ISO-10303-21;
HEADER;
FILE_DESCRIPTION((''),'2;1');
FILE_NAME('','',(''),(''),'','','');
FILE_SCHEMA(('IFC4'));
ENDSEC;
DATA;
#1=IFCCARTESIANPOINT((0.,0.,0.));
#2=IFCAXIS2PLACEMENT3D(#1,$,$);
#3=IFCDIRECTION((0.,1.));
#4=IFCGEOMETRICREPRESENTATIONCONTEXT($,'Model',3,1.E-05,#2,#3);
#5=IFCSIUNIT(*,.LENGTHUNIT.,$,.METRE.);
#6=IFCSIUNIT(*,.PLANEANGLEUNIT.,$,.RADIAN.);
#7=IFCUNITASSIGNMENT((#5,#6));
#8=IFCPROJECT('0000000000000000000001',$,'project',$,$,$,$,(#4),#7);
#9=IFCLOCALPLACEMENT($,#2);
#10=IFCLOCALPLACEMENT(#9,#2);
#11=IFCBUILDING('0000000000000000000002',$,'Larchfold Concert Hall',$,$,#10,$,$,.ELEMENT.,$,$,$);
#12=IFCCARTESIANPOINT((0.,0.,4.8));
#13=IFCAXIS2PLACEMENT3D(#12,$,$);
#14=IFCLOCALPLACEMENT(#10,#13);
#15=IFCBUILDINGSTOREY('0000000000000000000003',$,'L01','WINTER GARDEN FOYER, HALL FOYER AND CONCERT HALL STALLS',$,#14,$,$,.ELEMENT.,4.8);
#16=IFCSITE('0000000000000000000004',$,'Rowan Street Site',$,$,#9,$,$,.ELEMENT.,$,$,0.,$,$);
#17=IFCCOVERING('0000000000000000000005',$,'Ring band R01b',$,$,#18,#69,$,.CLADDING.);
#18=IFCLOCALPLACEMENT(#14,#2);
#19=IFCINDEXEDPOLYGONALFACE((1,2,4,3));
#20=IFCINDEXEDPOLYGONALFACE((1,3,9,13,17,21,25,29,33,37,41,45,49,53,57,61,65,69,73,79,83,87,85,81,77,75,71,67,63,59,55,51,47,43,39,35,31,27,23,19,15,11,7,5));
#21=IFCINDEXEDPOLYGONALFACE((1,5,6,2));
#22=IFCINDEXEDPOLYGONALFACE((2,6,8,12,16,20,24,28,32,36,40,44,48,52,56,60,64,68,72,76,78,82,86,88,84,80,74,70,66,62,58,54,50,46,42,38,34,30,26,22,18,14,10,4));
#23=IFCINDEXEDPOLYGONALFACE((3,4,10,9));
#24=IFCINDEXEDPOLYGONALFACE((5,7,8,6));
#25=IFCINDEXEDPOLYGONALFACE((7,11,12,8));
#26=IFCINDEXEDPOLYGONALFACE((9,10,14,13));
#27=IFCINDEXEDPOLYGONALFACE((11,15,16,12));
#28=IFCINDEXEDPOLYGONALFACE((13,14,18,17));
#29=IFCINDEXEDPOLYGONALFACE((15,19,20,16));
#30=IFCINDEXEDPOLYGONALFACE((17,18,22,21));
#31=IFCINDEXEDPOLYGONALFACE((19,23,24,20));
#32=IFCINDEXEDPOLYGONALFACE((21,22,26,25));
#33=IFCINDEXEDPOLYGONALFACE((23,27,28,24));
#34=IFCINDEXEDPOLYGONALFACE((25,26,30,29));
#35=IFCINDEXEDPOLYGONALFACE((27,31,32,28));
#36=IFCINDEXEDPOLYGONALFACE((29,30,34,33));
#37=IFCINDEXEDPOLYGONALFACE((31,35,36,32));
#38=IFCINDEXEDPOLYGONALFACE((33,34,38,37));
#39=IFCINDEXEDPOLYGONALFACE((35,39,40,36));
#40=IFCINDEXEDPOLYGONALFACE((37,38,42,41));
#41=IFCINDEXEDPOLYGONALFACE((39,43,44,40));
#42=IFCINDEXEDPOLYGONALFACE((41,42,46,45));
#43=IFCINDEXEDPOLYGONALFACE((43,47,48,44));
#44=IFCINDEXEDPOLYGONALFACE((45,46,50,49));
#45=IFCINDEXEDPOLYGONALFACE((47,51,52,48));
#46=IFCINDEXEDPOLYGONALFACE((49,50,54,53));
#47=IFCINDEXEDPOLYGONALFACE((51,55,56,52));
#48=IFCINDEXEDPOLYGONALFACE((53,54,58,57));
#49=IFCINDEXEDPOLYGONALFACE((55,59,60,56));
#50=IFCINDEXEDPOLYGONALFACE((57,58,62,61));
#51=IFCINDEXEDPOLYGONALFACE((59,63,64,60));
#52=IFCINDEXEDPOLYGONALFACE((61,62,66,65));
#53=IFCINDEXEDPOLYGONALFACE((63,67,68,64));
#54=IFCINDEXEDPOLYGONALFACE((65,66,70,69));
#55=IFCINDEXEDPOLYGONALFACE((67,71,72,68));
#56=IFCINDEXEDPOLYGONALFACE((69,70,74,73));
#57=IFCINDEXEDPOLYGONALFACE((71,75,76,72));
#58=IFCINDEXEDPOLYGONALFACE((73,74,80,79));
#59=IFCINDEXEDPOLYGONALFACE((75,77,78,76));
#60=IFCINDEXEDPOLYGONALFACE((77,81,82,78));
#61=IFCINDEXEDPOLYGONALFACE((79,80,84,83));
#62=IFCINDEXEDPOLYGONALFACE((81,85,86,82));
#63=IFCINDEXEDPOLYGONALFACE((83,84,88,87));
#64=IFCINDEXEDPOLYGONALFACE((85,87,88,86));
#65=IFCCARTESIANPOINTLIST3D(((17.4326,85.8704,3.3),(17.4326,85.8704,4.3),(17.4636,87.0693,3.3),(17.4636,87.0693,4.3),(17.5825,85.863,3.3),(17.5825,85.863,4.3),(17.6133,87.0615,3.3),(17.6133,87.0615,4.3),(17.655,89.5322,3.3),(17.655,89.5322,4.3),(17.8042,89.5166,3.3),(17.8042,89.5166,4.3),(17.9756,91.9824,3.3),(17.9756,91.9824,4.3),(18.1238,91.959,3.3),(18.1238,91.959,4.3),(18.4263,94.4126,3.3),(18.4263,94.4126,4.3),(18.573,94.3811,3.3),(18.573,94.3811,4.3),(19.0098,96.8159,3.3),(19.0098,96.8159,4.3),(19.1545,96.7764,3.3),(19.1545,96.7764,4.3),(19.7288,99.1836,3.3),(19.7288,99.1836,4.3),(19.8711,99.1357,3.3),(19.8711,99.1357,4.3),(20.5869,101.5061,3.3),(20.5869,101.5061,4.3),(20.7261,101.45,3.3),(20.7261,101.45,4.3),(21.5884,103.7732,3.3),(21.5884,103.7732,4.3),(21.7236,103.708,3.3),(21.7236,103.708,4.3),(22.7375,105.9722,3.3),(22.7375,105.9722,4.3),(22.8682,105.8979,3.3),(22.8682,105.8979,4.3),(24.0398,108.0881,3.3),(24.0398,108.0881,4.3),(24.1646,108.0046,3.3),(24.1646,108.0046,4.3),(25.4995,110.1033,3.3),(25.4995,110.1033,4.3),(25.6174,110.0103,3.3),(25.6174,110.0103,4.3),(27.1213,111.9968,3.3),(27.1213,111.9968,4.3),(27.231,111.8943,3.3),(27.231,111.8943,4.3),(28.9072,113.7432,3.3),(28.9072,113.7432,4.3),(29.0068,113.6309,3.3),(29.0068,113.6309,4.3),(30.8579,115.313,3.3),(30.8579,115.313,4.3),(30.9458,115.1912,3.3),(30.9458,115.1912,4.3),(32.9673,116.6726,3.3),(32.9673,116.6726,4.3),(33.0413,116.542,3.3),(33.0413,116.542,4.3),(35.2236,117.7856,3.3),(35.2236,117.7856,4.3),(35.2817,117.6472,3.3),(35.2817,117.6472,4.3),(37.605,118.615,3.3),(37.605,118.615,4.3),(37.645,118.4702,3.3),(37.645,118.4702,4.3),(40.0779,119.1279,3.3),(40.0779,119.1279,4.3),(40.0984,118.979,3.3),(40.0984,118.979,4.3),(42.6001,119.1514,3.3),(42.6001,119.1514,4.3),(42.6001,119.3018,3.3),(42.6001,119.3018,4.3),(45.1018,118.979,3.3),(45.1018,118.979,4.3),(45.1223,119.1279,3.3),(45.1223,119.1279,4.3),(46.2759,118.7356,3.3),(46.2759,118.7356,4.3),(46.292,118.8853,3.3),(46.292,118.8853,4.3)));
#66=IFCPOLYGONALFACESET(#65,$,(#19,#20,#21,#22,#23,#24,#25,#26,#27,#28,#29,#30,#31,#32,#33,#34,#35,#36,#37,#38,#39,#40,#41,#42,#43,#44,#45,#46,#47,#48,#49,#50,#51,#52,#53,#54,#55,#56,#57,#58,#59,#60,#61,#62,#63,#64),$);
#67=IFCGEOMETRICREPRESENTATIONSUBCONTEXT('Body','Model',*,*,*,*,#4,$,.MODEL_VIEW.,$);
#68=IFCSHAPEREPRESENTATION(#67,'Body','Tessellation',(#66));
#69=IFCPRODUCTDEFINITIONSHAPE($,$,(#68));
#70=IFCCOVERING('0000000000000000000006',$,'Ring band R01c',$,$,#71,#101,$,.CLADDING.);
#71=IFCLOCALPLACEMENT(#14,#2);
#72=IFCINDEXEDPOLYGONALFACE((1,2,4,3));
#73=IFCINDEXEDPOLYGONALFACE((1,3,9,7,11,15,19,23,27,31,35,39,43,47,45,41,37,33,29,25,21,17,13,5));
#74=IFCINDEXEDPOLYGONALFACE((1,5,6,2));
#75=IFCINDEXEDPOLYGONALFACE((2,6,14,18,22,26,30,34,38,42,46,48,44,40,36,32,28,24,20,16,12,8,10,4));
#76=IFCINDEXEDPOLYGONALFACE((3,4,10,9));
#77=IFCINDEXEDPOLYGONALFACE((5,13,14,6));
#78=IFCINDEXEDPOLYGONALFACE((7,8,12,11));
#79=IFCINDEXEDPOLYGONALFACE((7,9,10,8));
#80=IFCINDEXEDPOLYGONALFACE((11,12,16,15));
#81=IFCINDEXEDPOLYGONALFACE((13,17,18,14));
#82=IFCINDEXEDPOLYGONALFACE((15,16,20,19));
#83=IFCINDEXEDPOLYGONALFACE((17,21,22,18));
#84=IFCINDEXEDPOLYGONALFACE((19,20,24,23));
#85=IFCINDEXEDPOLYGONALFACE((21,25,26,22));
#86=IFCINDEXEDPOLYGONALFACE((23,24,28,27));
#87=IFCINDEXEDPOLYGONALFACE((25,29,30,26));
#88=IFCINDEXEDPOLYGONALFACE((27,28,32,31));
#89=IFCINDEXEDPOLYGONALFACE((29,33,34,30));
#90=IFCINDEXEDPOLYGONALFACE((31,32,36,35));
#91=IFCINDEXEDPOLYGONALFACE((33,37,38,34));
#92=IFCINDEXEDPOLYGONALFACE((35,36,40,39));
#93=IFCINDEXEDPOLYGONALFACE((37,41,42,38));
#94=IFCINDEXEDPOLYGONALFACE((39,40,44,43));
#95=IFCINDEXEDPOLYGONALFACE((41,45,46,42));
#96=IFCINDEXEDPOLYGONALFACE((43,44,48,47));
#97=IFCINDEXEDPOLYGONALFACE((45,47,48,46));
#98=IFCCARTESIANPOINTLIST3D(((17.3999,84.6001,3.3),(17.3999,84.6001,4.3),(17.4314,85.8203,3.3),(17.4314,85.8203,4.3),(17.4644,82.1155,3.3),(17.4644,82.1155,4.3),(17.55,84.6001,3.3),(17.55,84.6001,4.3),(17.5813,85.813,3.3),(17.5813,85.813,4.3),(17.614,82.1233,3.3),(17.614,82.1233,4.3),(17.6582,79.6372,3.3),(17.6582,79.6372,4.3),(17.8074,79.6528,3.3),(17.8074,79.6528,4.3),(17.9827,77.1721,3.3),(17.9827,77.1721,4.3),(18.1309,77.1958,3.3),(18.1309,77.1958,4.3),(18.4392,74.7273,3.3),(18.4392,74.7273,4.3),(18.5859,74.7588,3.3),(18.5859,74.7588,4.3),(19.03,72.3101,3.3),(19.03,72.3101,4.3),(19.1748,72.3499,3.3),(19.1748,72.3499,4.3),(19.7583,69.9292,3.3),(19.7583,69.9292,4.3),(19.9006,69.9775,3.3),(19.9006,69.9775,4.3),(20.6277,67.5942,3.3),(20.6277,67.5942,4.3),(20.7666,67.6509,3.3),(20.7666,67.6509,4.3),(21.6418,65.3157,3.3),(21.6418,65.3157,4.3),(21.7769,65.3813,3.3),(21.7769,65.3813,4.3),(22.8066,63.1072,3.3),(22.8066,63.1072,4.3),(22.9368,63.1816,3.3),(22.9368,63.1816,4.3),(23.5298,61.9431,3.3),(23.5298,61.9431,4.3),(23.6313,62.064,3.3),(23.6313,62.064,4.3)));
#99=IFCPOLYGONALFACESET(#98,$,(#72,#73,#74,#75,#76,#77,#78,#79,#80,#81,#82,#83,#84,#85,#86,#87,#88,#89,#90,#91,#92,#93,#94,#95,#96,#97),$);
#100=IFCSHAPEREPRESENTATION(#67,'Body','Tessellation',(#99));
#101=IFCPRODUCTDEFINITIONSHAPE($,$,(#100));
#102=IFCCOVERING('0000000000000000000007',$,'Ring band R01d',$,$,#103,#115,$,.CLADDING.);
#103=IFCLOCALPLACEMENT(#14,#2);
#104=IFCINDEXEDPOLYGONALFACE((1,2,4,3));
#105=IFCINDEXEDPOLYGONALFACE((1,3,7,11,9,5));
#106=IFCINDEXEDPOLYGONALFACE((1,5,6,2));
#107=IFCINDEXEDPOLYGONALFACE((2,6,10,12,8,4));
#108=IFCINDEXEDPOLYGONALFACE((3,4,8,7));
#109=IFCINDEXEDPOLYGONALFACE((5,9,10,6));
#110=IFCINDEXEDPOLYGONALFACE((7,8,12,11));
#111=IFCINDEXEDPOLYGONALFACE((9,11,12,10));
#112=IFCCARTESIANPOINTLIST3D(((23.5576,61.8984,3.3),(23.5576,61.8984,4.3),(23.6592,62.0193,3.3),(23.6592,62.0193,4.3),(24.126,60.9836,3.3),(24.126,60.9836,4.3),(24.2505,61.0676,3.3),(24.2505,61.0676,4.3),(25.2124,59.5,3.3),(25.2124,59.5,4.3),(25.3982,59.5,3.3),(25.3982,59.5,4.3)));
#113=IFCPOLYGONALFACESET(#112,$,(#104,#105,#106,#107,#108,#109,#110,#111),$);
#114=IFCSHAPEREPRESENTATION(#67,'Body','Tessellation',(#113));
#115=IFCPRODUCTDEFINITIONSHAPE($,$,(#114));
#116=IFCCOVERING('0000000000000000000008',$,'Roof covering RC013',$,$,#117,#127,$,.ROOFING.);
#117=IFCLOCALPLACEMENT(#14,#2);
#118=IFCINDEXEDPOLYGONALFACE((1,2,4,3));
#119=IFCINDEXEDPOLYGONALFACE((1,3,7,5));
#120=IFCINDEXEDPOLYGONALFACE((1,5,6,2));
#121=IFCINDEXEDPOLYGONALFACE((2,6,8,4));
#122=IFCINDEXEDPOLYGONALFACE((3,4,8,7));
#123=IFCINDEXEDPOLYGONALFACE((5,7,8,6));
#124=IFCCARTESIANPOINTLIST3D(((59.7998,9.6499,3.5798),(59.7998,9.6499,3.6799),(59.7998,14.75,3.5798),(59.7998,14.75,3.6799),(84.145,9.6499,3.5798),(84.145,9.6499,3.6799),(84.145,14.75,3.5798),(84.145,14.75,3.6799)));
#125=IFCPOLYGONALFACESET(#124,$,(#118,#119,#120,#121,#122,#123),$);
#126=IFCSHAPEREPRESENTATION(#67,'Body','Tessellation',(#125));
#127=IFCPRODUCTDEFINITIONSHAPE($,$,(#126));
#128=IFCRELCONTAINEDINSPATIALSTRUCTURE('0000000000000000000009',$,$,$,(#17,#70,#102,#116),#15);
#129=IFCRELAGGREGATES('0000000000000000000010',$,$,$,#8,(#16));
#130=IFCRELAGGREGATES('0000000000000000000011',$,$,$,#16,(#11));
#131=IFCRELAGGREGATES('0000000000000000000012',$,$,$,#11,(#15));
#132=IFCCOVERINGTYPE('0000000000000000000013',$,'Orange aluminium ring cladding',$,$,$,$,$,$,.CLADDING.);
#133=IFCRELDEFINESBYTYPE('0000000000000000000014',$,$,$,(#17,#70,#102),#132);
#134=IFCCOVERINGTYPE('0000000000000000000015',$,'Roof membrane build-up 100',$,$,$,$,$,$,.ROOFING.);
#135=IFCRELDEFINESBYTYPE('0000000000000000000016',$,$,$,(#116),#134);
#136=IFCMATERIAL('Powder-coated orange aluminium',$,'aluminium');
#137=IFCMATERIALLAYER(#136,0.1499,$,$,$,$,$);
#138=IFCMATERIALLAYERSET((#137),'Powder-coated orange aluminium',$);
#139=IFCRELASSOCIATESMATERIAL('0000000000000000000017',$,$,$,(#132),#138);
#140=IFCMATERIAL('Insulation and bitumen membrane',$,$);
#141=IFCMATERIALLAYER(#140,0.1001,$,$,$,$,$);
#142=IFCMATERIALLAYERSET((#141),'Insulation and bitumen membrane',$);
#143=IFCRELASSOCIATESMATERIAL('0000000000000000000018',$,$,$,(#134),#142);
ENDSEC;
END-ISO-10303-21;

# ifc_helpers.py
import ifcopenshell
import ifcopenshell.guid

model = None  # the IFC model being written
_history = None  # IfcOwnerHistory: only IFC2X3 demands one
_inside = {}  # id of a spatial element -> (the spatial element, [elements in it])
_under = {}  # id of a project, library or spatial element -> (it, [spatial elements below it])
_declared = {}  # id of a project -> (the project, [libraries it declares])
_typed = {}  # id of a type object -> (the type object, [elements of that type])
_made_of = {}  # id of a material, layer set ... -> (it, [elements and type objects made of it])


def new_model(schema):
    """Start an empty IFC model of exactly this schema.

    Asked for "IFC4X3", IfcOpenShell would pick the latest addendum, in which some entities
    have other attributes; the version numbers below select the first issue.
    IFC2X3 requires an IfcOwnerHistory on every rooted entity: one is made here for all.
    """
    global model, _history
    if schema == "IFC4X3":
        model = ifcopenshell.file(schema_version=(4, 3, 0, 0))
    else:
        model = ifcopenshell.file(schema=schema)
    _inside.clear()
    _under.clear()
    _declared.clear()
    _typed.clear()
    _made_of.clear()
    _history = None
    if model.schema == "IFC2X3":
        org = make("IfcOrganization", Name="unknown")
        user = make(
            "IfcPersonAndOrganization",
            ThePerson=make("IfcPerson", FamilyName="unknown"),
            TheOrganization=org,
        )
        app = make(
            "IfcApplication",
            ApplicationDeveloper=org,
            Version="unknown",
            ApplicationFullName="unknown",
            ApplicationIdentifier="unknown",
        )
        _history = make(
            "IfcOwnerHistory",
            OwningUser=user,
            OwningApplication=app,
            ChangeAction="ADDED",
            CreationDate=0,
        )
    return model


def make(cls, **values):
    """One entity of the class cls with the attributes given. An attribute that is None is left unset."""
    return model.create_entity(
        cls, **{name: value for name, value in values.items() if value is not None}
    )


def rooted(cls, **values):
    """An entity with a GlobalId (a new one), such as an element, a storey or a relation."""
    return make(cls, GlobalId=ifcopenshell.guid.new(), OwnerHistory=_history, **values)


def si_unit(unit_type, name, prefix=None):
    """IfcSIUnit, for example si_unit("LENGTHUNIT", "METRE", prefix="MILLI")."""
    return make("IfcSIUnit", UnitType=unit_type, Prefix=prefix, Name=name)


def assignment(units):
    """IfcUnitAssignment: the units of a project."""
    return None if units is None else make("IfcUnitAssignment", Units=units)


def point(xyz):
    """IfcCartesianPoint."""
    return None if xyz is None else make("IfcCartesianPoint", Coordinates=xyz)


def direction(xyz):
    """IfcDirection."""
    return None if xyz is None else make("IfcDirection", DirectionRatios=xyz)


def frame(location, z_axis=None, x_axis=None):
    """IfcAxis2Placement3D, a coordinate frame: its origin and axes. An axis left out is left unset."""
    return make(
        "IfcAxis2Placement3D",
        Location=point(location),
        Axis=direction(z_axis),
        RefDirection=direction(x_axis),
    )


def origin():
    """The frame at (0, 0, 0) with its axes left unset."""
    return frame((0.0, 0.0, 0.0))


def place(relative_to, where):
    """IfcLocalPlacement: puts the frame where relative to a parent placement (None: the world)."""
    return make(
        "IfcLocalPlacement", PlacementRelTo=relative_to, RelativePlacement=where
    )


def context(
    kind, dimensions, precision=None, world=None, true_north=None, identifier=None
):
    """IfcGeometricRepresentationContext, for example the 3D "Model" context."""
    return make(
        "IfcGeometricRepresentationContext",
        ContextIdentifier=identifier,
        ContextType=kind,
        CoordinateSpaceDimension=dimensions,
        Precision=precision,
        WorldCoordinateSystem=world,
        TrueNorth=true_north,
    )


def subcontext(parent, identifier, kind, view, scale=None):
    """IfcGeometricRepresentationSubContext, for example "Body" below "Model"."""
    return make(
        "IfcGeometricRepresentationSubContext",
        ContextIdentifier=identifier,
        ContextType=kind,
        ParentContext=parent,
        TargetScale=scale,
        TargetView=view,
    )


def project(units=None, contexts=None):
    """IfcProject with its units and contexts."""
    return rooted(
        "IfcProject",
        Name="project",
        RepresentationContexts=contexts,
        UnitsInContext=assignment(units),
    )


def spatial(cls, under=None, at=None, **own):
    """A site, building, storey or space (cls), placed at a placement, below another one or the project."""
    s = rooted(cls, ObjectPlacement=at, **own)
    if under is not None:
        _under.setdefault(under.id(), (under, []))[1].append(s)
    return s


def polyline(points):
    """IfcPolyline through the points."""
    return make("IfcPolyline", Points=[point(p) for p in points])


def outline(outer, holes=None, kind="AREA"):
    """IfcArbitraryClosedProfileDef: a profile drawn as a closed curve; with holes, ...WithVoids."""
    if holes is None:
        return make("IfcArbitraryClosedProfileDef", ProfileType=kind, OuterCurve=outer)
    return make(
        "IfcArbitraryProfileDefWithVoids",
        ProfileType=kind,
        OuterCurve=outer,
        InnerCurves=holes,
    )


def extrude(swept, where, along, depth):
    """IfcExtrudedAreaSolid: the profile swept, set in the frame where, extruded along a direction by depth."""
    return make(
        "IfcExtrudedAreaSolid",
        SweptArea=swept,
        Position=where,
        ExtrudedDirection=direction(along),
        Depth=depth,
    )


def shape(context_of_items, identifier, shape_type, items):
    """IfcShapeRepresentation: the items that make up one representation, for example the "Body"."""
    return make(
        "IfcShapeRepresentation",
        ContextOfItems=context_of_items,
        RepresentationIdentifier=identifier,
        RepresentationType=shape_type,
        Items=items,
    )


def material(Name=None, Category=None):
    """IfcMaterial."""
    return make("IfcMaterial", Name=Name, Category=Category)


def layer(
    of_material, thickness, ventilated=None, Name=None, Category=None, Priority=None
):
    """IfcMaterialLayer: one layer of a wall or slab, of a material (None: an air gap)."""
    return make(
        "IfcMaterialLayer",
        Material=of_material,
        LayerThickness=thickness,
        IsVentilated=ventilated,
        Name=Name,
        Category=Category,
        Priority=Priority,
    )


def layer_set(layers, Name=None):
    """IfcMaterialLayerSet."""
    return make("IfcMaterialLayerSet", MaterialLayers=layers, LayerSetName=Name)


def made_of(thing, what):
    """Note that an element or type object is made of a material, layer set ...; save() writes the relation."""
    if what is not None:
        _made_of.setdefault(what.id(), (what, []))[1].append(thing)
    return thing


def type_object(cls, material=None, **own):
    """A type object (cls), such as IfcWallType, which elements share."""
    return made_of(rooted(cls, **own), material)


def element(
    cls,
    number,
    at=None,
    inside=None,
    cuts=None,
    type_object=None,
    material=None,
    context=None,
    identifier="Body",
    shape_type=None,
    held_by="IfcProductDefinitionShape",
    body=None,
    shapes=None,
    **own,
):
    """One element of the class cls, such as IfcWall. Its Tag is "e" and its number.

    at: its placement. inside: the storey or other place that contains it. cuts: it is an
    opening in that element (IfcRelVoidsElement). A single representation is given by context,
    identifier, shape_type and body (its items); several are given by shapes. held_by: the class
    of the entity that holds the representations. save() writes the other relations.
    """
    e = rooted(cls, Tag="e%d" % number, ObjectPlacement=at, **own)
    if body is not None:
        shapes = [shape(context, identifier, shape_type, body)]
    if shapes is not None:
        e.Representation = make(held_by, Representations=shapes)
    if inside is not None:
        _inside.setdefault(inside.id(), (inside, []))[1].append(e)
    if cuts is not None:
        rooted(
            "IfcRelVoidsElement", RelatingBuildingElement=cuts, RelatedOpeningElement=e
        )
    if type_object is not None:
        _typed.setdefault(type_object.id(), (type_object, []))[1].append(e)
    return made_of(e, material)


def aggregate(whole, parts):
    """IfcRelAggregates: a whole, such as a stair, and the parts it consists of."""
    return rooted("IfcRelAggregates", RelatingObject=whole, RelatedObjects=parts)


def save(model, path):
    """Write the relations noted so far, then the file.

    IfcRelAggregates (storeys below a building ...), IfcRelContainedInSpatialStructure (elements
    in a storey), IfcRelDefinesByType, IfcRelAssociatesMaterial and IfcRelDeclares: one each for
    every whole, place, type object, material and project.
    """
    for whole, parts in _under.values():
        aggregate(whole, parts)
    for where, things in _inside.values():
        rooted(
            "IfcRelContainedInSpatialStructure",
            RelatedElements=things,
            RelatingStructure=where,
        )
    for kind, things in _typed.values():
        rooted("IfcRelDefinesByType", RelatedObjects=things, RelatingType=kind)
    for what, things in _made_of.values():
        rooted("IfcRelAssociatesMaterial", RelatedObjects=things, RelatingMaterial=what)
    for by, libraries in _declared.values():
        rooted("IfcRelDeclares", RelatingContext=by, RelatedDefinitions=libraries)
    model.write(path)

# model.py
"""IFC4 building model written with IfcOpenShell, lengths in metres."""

from ifc_helpers import new_model, si_unit, direction, frame, origin, place, context, subcontext, project, spatial, polyline, outline, extrude, material, layer, layer_set, type_object, element, save


model = new_model("IFC4")

# Units and contexts
model_context = context("Model", 3, precision=1e-05, world=origin(), true_north=direction((0.0, 1.0)))
body_context = subcontext(model_context, "Body", "Model", "MODEL_VIEW")
ifc_project = project(units=[si_unit("LENGTHUNIT", "METRE"), si_unit("PLANEANGLEUNIT", "RADIAN")], contexts=[model_context])

# Site, building, storey
site_placement = place(None, origin())
site = spatial("IfcSite", under=ifc_project, at=site_placement, Name="Rowan Street Site", CompositionType="ELEMENT", RefElevation=0.0)
building_placement = place(site_placement, origin())
building = spatial("IfcBuilding", under=site, at=building_placement, Name="Larchfold Concert Hall", CompositionType="ELEMENT")
storey_placement = place(building_placement, frame((0.0, 0.0, 4.8)))
storey = spatial("IfcBuildingStorey", under=building, at=storey_placement, Name="L01", Description="WINTER GARDEN FOYER, HALL FOYER AND CONCERT HALL STALLS", CompositionType="ELEMENT", Elevation=4.8)

# Coverings
ifc_material_1 = material(Name="Powder-coated orange aluminium", Category="aluminium")
ifc_layer_1 = layer(ifc_material_1, 0.1499)
ifc_layer_set_1 = layer_set([ifc_layer_1], Name="Powder-coated orange aluminium")
covering_type_1 = type_object("IfcCoveringType", Name="Orange aluminium ring cladding", PredefinedType="CLADDING", material=ifc_layer_set_1)
covering_1_placement = place(storey_placement, frame((0.0, 0.0, 3.3)))
element("IfcCovering", 1, at=covering_1_placement, inside=storey, type_object=covering_type_1, Name="Ring band R01b", PredefinedType="CLADDING", context=body_context, shape_type="SweptSolid", body=[
    extrude(outline(polyline([(42.6001, 119.1514), (45.1018, 118.979), (46.2759, 118.7356), (46.292, 118.8853), (45.1223, 119.1279), (42.6001, 119.3018), (40.0779, 119.1279), (37.605, 118.615), (35.2236, 117.7856), (32.9673, 116.6726), (30.8579, 115.313), (28.9072, 113.7432), (27.1213, 111.9968), (25.4995, 110.1033), (24.0398, 108.0881), (22.7375, 105.9722), (21.5884, 103.7732), (20.5869, 101.5061), (19.7288, 99.1836), (19.0098, 96.8159), (18.4263, 94.4126), (17.9756, 91.9824), (17.655, 89.5322), (17.4636, 87.0693), (17.4326, 85.8704), (17.5825, 85.863), (17.6133, 87.0615), (17.8042, 89.5166), (18.1238, 91.959), (18.573, 94.3811), (19.1545, 96.7764), (19.8711, 99.1357), (20.7261, 101.45), (21.7236, 103.708), (22.8682, 105.8979), (24.1646, 108.0046), (25.6174, 110.0103), (27.231, 111.8943), (29.0068, 113.6309), (30.9458, 115.1912), (33.0413, 116.542), (35.2817, 117.6472), (37.645, 118.4702), (40.0984, 118.979), (42.6001, 119.1514)])), origin(), (0.0, 0.0, 1.0), 1.0),
])
covering_2_placement = place(storey_placement, frame((0.0, 0.0, 3.3)))
element("IfcCovering", 2, at=covering_2_placement, inside=storey, type_object=covering_type_1, Name="Ring band R01c", PredefinedType="CLADDING", context=body_context, shape_type="SweptSolid", body=[
    extrude(outline(polyline([(17.55, 84.6001), (17.5813, 85.813), (17.4314, 85.8203), (17.3999, 84.6001), (17.4644, 82.1155), (17.6582, 79.6372), (17.9827, 77.1721), (18.4392, 74.7273), (19.03, 72.3101), (19.7583, 69.9292), (20.6277, 67.5942), (21.6418, 65.3157), (22.8066, 63.1072), (23.5298, 61.9431), (23.6313, 62.064), (22.9368, 63.1816), (21.7769, 65.3813), (20.7666, 67.6509), (19.9006, 69.9775), (19.1748, 72.3499), (18.5859, 74.7588), (18.1309, 77.1958), (17.8074, 79.6528), (17.614, 82.1233), (17.55, 84.6001)])), origin(), (0.0, 0.0, 1.0), 1.0),
])
covering_3_placement = place(storey_placement, frame((0.0, 0.0, 3.3)))
element("IfcCovering", 3, at=covering_3_placement, inside=storey, type_object=covering_type_1, Name="Ring band R01d", PredefinedType="CLADDING", context=body_context, shape_type="SweptSolid", body=[
    extrude(outline(polyline([(23.6592, 62.0193), (23.5576, 61.8984), (24.126, 60.9836), (25.2124, 59.5), (25.3982, 59.5), (24.2505, 61.0676), (23.6592, 62.0193)])), origin(), (0.0, 0.0, 1.0), 1.0),
])
ifc_material_2 = material(Name="Insulation and bitumen membrane")
ifc_layer_2 = layer(ifc_material_2, 0.1001)
ifc_layer_set_2 = layer_set([ifc_layer_2], Name="Insulation and bitumen membrane")
covering_type_2 = type_object("IfcCoveringType", Name="Roof membrane build-up 100", PredefinedType="ROOFING", material=ifc_layer_set_2)
covering_4_placement = place(storey_placement, frame((0.0, 0.0, 3.5798)))
element("IfcCovering", 4, at=covering_4_placement, inside=storey, type_object=covering_type_2, Name="Roof covering RC013", PredefinedType="ROOFING", context=body_context, shape_type="SweptSolid", body=[
    extrude(outline(polyline([(84.145, 14.75), (59.7998, 14.75), (59.7998, 9.6499), (84.145, 9.6499), (84.145, 14.75)])), origin(), (0.0, 0.0, 1.0), 0.1001),
])

save(model, "model.ifc")
